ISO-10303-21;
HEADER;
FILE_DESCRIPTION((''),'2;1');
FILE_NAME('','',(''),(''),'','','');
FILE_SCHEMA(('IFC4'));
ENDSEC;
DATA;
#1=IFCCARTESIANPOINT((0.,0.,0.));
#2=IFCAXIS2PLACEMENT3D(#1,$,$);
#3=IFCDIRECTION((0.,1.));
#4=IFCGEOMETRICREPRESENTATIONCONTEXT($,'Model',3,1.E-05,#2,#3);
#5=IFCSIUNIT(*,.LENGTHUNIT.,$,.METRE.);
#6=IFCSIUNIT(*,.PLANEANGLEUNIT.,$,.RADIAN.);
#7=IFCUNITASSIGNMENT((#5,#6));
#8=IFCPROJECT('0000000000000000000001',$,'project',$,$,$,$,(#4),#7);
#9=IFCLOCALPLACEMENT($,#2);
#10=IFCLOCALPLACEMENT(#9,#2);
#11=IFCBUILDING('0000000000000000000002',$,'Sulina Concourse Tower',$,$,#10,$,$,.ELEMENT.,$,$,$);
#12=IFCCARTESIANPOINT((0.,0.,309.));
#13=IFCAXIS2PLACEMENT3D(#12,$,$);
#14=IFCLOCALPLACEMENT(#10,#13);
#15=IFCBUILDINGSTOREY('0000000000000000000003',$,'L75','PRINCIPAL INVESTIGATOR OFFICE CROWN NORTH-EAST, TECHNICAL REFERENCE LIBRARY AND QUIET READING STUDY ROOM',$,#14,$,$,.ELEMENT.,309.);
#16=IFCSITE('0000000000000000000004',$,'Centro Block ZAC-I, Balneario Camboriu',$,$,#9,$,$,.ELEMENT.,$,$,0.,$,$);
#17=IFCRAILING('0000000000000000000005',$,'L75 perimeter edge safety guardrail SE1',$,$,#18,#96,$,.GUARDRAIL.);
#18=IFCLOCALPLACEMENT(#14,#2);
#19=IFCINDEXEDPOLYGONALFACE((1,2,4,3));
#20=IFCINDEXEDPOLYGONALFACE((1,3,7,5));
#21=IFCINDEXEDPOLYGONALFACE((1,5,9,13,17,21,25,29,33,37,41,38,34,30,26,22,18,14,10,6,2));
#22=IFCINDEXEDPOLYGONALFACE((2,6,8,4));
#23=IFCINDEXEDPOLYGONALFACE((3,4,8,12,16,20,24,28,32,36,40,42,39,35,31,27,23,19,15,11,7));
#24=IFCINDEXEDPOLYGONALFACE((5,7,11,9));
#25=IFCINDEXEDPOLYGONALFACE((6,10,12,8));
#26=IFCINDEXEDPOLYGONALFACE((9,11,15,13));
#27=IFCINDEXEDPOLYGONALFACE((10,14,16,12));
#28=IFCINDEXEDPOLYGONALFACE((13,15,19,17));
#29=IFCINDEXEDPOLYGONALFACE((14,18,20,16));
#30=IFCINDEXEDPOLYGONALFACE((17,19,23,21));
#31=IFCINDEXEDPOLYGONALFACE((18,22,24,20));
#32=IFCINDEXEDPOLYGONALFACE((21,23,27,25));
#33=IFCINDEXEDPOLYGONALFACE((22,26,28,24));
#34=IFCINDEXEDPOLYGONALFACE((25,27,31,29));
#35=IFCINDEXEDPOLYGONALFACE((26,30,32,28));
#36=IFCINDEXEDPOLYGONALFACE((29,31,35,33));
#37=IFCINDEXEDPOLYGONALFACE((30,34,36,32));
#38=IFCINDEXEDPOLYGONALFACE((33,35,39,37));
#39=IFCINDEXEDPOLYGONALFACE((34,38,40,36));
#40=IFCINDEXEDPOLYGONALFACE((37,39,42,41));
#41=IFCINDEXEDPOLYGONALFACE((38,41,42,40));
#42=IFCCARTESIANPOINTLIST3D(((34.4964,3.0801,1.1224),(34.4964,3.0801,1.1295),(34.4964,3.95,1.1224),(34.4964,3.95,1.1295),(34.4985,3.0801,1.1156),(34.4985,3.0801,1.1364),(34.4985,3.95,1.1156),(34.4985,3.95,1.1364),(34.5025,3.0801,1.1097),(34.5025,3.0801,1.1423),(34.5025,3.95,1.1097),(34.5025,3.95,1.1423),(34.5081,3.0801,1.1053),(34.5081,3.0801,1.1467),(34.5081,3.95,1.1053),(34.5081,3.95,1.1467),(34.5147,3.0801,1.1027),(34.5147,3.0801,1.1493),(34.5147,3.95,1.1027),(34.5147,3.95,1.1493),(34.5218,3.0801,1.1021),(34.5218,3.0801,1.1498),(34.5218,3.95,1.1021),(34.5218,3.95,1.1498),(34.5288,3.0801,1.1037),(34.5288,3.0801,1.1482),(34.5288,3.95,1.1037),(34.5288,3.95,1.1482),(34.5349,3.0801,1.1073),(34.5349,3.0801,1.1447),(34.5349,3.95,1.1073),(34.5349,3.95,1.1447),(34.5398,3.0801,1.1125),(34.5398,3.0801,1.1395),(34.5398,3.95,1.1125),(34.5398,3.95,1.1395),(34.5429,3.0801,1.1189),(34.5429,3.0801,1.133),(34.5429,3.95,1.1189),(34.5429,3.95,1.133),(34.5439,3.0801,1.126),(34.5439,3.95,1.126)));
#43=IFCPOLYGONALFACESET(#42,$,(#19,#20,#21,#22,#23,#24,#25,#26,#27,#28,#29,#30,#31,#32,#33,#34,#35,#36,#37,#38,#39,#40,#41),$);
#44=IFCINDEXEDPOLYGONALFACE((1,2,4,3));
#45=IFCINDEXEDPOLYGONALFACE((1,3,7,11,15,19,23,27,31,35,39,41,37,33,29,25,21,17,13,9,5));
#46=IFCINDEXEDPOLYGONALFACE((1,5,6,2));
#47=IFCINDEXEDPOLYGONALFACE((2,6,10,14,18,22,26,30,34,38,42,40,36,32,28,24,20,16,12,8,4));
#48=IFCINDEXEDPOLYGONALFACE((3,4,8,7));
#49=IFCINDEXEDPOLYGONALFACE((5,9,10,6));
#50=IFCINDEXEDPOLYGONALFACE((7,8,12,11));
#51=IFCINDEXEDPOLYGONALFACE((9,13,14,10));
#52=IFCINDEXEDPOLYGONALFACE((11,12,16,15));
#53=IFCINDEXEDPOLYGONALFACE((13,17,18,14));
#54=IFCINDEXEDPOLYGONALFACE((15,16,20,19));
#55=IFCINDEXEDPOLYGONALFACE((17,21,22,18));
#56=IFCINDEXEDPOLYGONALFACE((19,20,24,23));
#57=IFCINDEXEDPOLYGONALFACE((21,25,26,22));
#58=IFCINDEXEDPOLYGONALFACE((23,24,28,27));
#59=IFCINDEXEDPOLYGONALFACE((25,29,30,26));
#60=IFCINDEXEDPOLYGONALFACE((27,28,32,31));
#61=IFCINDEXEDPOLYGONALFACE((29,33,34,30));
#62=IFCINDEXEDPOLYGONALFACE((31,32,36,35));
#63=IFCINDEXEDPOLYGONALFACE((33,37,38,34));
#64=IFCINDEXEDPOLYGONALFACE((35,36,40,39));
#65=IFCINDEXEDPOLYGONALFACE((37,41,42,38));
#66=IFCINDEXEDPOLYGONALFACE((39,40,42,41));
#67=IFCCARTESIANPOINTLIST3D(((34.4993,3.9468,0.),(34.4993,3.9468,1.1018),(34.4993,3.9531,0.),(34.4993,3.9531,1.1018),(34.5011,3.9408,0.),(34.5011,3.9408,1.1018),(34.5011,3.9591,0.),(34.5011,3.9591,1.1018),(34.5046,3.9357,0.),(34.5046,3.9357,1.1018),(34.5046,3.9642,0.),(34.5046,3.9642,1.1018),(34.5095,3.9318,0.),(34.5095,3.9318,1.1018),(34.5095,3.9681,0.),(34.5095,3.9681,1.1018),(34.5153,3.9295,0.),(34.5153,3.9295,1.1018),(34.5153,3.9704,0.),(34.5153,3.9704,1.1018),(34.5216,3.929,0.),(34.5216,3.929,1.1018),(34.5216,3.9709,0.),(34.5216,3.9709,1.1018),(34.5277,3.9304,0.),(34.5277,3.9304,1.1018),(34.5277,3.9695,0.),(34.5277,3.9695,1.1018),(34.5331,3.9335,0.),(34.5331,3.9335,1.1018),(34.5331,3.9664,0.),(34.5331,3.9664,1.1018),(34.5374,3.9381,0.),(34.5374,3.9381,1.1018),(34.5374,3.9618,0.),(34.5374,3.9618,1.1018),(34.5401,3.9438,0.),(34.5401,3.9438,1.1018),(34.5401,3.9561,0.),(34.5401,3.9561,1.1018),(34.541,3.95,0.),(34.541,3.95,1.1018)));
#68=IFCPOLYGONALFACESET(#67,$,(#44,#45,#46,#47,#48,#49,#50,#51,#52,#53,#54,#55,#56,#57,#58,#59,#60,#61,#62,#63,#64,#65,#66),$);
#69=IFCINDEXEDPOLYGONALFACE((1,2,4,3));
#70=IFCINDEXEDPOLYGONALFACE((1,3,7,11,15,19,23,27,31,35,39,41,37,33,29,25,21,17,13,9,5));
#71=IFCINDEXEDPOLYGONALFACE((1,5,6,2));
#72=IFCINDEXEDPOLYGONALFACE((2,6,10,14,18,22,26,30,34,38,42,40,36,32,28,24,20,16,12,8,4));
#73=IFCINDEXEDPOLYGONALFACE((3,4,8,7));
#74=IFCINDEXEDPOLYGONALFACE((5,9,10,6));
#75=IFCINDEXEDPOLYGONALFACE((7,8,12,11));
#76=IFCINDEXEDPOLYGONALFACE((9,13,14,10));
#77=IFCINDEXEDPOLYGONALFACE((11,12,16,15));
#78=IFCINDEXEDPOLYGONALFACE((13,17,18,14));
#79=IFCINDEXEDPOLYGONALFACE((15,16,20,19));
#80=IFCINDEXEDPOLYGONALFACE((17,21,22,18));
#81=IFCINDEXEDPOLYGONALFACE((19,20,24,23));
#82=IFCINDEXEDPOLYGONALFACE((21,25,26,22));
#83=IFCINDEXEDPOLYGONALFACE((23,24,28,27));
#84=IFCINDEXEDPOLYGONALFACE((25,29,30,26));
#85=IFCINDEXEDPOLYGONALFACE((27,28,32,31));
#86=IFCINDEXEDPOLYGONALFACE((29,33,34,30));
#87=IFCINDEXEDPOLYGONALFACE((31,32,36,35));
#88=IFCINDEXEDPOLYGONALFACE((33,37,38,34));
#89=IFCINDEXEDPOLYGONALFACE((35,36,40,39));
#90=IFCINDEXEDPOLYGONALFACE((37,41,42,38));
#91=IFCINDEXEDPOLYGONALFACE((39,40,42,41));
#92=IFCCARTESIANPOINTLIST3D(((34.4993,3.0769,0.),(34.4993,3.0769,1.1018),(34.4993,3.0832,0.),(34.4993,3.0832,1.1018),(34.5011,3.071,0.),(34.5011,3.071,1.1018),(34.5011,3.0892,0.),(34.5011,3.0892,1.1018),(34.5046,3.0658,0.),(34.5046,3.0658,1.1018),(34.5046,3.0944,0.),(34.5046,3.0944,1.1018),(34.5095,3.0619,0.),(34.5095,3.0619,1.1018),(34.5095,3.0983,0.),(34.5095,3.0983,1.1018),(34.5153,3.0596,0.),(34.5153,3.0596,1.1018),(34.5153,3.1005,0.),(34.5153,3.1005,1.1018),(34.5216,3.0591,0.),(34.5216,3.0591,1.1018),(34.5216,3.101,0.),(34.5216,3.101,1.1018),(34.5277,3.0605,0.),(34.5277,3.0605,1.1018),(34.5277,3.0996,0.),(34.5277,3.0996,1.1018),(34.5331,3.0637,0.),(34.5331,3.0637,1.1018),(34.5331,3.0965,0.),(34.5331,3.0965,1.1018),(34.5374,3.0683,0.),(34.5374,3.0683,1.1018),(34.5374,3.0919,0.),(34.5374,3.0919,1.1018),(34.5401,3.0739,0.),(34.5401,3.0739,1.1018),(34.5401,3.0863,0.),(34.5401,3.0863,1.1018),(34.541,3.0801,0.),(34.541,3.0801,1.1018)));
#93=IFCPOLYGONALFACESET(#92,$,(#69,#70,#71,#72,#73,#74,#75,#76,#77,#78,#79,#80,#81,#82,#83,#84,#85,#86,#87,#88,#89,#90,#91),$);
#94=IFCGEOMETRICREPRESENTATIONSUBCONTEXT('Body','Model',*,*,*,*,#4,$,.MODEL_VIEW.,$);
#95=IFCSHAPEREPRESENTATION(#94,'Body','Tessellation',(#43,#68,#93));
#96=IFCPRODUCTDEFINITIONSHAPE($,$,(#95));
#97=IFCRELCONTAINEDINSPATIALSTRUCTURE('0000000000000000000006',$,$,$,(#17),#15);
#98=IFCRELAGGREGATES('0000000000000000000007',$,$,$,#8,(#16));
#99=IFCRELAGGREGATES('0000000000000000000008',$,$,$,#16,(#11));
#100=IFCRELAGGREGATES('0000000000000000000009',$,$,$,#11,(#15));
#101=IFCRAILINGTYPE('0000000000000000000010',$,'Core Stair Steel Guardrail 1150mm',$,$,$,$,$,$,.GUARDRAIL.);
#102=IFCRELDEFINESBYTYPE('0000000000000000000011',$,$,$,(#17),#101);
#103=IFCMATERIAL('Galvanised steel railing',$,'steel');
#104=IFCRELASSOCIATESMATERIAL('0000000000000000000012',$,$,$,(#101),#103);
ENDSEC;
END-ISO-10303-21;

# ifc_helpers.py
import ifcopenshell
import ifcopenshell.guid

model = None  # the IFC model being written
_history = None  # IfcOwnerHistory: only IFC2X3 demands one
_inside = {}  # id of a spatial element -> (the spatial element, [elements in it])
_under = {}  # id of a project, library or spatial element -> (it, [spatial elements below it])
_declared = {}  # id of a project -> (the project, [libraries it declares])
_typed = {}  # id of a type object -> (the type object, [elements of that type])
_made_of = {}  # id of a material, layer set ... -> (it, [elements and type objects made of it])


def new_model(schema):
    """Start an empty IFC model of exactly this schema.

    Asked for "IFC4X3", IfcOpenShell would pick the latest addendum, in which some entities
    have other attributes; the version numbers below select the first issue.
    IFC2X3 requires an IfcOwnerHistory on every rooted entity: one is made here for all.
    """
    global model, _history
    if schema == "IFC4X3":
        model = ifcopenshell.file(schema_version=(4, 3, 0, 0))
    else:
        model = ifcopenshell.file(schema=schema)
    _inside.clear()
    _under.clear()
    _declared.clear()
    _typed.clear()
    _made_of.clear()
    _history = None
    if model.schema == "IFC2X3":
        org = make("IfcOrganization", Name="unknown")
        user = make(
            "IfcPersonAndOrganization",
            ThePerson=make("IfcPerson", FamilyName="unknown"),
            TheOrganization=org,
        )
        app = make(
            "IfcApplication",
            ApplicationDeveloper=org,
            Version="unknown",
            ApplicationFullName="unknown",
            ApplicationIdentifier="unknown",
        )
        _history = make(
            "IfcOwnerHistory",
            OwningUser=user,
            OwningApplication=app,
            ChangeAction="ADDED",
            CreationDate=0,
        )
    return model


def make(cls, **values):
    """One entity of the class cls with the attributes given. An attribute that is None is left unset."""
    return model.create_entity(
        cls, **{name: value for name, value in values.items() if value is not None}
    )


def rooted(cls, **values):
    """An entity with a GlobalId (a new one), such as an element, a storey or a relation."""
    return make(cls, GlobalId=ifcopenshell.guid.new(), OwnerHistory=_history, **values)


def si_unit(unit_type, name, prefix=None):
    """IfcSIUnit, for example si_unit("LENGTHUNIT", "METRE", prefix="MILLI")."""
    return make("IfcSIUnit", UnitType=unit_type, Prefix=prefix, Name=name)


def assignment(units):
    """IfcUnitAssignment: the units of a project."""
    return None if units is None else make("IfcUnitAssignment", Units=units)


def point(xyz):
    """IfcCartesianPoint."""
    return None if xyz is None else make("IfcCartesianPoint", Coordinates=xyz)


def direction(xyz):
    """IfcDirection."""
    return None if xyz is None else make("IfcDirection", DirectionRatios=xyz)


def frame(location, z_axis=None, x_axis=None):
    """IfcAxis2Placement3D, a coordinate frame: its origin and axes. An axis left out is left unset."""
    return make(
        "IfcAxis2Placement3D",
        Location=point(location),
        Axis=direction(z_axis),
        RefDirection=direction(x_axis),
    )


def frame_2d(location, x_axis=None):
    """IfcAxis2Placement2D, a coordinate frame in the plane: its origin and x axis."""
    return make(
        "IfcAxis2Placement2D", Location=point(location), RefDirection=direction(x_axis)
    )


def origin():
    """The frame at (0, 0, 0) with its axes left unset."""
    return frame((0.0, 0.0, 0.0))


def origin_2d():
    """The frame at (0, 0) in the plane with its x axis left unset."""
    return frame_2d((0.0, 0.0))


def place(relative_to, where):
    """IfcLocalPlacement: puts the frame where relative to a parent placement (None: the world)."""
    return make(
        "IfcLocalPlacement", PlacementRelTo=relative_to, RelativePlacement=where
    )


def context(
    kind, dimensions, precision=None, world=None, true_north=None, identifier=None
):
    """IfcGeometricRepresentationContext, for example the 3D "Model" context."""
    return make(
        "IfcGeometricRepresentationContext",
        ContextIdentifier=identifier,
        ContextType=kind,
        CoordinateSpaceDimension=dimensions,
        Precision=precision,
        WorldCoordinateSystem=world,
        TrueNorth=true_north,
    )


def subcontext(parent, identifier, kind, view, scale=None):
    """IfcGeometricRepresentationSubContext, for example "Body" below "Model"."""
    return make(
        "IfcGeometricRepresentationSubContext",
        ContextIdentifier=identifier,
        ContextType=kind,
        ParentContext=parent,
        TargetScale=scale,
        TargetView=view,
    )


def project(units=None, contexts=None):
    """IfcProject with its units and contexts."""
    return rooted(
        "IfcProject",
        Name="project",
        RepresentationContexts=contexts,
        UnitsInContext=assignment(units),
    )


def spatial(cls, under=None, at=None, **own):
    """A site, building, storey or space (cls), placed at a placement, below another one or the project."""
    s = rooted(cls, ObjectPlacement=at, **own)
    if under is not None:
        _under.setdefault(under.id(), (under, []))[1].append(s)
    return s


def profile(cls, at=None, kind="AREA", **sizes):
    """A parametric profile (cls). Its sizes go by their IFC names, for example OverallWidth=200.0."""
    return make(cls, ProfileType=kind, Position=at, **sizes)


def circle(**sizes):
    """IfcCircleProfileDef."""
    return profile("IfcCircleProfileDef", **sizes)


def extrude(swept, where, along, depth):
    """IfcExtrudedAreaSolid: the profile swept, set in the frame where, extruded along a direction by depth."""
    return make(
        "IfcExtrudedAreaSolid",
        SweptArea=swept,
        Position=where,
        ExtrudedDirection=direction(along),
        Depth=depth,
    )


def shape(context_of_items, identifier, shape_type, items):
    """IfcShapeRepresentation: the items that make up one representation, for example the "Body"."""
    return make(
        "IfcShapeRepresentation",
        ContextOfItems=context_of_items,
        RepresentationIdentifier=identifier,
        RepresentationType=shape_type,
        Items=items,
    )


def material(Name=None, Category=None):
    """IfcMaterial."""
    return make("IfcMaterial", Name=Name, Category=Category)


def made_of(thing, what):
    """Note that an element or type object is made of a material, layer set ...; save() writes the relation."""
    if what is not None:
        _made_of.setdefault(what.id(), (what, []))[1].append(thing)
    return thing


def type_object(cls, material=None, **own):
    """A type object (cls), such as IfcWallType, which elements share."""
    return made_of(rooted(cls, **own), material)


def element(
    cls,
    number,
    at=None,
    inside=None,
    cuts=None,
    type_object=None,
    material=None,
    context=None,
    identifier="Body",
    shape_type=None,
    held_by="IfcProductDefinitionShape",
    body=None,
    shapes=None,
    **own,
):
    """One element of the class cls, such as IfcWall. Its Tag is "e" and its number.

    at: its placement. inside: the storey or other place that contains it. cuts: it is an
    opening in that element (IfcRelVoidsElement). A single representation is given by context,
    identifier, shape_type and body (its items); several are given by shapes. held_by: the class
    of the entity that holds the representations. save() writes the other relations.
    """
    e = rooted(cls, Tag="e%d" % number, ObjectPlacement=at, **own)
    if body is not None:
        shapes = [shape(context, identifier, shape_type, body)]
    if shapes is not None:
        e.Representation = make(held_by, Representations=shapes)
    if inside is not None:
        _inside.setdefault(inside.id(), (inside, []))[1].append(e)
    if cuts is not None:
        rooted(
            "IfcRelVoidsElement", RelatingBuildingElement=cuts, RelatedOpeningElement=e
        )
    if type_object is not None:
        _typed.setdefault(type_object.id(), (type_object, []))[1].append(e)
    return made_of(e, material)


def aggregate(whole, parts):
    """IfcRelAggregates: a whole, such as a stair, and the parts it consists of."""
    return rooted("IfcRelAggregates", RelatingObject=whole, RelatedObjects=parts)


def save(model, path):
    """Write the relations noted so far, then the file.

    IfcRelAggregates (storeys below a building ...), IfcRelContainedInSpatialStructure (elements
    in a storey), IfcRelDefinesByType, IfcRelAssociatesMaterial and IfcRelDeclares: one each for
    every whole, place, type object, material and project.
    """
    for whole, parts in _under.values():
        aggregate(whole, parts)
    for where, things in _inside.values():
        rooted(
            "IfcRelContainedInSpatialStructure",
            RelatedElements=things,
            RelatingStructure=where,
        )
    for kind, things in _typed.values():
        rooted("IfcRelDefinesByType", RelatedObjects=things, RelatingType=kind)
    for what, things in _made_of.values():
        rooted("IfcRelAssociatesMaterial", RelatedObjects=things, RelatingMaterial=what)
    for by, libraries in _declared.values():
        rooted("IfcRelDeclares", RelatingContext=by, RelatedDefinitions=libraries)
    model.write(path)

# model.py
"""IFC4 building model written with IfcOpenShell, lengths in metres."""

from ifc_helpers import new_model, si_unit, direction, frame, origin, origin_2d, place, context, subcontext, project, spatial, circle, extrude, material, type_object, element, save


model = new_model("IFC4")

# Units and contexts
model_context = context("Model", 3, precision=1e-05, world=origin(), true_north=direction((0.0, 1.0)))
body_context = subcontext(model_context, "Body", "Model", "MODEL_VIEW")
ifc_project = project(units=[si_unit("LENGTHUNIT", "METRE"), si_unit("PLANEANGLEUNIT", "RADIAN")], contexts=[model_context])

# Site, building, storey
site_placement = place(None, origin())
site = spatial("IfcSite", under=ifc_project, at=site_placement, Name="Centro Block ZAC-I, Balneario Camboriu", CompositionType="ELEMENT", RefElevation=0.0)
building_placement = place(site_placement, origin())
building = spatial("IfcBuilding", under=site, at=building_placement, Name="Sulina Concourse Tower", CompositionType="ELEMENT")
storey_placement = place(building_placement, frame((0.0, 0.0, 309.0)))
storey = spatial("IfcBuildingStorey", under=building, at=storey_placement, Name="L75", Description="PRINCIPAL INVESTIGATOR OFFICE CROWN NORTH-EAST, TECHNICAL REFERENCE LIBRARY AND QUIET READING STUDY ROOM", CompositionType="ELEMENT", Elevation=309.0)

# Railing
ifc_material_1 = material(Name="Galvanised steel railing", Category="steel")
railing_type = type_object("IfcRailingType", Name="Core Stair Steel Guardrail 1150mm", PredefinedType="GUARDRAIL", material=ifc_material_1)
railing_1_placement = place(storey_placement, frame((34.52, 3.95, 0.0)))
element("IfcRailing", 1, at=railing_1_placement, inside=storey, type_object=railing_type, Name="L75 perimeter edge safety guardrail SE1", PredefinedType="GUARDRAIL", context=body_context, shape_type="SweptSolid", body=[
    extrude(circle(Radius=0.0239, at=origin_2d()), frame((0.0, 0.0, 1.126), z_axis=(0.0, -1.0, 0.0), x_axis=(1.0, 0.0, 0.0)), (0.0, 0.0, 1.0), 0.8699),
    extrude(circle(Radius=0.021, at=origin_2d()), origin(), (0.0, 0.0, 1.0), 1.1018),
    extrude(circle(Radius=0.021, at=origin_2d()), frame((0.0, -0.8699, 0.0)), (0.0, 0.0, 1.0), 1.1018),
])

save(model, "model.ifc")
